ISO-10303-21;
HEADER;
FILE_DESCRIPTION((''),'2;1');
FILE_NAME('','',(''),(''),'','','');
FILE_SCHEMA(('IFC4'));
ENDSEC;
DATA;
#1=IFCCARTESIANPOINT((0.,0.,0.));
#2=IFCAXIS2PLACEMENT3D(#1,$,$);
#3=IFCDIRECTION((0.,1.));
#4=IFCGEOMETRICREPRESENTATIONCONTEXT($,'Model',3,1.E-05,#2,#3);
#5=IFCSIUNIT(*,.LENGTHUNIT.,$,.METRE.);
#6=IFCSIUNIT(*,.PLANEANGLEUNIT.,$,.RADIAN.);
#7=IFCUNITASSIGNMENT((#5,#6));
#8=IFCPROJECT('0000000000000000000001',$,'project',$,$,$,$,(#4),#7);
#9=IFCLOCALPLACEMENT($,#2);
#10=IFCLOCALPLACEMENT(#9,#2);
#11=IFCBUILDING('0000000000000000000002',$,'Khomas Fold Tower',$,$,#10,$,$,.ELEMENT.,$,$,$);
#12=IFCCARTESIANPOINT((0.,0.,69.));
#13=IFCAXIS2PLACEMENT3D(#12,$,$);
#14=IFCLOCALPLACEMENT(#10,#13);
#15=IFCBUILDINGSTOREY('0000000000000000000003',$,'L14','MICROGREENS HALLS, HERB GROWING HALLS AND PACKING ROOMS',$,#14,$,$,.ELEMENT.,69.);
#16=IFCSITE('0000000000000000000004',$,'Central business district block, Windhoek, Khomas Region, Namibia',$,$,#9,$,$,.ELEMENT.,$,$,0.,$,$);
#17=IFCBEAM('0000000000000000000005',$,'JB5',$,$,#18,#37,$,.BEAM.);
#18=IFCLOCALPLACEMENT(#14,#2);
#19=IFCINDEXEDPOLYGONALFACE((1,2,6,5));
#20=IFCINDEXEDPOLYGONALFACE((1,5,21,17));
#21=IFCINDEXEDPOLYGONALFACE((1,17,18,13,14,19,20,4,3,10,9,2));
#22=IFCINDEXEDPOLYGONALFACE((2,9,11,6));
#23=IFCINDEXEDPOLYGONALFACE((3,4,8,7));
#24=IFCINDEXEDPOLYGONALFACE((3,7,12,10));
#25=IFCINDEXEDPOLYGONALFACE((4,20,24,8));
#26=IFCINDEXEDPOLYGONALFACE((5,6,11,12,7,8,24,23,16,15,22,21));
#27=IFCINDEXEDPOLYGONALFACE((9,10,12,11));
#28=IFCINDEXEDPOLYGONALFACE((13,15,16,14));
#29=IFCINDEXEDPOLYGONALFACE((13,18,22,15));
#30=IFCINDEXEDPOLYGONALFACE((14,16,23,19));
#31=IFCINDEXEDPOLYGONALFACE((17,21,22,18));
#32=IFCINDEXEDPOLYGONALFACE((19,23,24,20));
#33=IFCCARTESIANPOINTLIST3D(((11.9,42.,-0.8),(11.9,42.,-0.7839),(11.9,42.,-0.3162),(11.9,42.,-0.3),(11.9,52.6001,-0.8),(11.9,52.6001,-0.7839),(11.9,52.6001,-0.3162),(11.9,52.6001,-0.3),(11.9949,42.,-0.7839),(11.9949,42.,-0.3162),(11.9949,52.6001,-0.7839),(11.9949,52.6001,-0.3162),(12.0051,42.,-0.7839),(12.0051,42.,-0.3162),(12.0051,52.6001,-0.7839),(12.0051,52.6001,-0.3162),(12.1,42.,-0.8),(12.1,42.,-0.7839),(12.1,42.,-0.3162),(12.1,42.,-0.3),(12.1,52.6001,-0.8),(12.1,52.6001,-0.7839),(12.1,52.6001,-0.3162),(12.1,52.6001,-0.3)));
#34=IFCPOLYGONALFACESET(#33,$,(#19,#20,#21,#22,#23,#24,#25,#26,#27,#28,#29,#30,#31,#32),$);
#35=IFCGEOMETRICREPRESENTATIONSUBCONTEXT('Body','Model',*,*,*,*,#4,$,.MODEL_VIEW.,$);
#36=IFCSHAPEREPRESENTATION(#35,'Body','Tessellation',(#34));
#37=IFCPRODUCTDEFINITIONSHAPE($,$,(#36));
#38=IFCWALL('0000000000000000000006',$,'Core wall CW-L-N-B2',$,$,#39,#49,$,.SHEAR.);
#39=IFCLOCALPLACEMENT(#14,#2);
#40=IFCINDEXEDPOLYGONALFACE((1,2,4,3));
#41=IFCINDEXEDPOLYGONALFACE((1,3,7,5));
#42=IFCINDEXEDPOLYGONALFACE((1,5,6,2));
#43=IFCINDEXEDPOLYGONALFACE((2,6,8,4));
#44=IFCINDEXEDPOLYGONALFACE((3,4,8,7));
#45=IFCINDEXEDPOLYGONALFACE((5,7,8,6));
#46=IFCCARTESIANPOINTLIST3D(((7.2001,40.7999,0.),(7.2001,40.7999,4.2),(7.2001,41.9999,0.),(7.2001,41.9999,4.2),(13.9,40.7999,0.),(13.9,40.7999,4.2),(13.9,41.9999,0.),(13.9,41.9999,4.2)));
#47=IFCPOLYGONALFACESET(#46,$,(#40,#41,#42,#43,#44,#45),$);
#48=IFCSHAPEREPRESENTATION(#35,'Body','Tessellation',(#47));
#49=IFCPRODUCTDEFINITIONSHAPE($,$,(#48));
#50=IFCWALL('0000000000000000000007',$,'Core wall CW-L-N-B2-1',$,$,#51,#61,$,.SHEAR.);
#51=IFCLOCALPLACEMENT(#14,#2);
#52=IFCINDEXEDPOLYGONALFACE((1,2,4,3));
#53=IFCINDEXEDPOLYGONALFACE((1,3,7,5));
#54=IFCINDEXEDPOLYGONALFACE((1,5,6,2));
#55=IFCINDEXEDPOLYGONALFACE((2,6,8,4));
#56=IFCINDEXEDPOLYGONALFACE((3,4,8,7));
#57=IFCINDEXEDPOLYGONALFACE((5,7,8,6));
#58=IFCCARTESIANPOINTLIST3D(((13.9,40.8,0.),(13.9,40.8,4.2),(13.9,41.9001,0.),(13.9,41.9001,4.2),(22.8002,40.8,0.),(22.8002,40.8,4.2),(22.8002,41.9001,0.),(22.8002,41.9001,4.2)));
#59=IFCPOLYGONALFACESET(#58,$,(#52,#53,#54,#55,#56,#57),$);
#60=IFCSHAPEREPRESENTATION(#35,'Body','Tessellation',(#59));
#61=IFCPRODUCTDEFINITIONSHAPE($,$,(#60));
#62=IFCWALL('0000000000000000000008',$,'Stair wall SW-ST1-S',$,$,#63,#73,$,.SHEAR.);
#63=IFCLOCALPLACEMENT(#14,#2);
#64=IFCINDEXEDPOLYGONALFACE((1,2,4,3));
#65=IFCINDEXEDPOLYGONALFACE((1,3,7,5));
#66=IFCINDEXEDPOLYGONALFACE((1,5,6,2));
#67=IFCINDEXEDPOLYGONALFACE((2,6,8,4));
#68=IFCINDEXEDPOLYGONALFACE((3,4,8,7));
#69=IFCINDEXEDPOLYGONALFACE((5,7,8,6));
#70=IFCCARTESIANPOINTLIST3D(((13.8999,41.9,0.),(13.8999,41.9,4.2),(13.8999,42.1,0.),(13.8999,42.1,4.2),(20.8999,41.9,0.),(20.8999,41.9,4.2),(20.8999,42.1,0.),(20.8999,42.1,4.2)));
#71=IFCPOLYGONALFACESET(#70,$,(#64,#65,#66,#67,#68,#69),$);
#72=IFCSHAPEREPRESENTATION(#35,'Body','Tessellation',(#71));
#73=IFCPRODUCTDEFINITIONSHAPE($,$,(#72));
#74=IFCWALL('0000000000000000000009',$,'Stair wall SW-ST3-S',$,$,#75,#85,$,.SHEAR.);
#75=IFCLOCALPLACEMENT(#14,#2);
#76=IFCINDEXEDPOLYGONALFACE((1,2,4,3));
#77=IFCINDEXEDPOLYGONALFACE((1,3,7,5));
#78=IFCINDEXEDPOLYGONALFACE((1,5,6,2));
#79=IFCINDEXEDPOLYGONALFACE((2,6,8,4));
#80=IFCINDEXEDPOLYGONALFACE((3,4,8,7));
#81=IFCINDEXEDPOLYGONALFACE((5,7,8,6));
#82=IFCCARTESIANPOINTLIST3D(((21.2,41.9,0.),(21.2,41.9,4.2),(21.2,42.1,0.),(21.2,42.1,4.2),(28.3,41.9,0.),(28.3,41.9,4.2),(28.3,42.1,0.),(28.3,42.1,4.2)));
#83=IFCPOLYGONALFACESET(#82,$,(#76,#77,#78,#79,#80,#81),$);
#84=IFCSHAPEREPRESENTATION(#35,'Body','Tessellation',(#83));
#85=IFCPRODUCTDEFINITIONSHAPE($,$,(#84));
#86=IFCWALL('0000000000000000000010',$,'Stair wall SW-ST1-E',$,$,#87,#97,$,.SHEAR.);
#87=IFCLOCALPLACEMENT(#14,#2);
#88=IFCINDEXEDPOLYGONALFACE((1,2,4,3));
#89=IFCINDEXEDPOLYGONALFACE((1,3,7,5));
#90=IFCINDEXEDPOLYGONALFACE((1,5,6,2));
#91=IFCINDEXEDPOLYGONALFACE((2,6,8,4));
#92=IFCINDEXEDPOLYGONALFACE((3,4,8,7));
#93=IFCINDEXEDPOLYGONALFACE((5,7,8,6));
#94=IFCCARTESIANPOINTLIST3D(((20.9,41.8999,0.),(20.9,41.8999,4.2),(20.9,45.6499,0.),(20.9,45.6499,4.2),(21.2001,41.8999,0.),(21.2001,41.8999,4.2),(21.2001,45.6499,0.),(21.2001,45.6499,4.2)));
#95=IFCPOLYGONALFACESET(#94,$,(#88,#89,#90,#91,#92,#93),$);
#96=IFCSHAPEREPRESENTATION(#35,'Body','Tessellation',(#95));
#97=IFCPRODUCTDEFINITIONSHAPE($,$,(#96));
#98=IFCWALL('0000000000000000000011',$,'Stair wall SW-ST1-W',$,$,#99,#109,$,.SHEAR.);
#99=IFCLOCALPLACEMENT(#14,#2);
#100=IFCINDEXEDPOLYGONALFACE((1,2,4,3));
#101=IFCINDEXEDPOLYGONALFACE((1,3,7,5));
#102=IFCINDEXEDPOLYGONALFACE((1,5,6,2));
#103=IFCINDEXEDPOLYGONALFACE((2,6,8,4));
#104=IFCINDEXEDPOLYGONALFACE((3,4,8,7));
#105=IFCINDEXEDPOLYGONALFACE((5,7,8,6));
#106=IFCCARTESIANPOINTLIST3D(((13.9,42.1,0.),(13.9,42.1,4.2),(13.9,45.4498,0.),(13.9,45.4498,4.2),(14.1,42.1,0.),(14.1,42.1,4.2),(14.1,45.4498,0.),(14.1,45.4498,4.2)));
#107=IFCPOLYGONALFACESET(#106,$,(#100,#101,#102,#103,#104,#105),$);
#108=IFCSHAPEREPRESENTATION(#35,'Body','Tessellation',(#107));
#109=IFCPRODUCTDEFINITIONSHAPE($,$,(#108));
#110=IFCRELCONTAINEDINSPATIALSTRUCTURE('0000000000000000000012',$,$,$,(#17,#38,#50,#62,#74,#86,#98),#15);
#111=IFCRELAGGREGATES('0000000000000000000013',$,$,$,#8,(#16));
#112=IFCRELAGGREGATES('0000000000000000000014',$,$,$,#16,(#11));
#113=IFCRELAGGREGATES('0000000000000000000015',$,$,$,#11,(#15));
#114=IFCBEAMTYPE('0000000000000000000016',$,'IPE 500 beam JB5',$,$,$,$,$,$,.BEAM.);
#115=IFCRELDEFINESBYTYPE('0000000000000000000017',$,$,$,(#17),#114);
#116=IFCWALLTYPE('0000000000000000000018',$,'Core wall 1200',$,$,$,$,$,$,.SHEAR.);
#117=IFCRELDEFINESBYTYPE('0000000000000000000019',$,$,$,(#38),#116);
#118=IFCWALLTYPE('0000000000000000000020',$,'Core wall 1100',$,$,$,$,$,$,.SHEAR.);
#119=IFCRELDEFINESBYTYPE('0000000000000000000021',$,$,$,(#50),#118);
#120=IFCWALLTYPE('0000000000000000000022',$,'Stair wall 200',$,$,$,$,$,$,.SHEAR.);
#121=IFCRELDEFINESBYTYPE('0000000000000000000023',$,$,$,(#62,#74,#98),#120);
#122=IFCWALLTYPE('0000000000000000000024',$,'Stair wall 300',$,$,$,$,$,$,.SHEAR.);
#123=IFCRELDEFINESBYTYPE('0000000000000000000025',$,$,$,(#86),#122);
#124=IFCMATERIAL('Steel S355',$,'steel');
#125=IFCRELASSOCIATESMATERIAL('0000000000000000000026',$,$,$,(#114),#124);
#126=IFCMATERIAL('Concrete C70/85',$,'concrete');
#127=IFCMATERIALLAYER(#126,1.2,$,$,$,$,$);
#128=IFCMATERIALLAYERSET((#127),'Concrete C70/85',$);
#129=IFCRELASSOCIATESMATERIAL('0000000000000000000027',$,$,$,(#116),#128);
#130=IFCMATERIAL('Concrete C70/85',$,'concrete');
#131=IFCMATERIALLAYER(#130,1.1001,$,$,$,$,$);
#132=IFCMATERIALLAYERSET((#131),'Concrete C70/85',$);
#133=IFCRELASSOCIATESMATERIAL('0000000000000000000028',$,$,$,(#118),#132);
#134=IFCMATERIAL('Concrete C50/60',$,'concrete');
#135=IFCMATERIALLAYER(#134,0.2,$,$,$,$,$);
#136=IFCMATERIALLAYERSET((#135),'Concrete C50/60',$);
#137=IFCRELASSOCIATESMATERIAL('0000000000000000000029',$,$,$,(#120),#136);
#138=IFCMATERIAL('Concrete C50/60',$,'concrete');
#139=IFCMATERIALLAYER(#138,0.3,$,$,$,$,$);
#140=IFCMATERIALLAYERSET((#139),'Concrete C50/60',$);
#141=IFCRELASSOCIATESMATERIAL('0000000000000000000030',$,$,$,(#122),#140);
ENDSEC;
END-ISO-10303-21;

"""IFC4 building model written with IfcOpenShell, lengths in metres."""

from ifc_helpers import new_model, si_unit, direction, frame, frame_2d, origin, origin_2d, place, context, subcontext, project, spatial, rectangle, i_section, extrude, source, transform, mapped, material, layer, layer_set, material_profile, profile_set, type_object, element, save


model = new_model("IFC4")

# Units and contexts
model_context = context("Model", 3, precision=1e-05, world=origin(), true_north=direction((0.0, 1.0)))
body_context = subcontext(model_context, "Body", "Model", "MODEL_VIEW")
ifc_project = project(units=[si_unit("LENGTHUNIT", "METRE"), si_unit("PLANEANGLEUNIT", "RADIAN")], contexts=[model_context])

# Site, building, storey
site_placement = place(None, origin())
site = spatial("IfcSite", under=ifc_project, at=site_placement, Name="Central business district block, Windhoek, Khomas Region, Namibia", CompositionType="ELEMENT", RefElevation=0.0)
building_placement = place(site_placement, origin())
building = spatial("IfcBuilding", under=site, at=building_placement, Name="Khomas Fold Tower", CompositionType="ELEMENT")
storey_placement = place(building_placement, frame((0.0, 0.0, 69.0)))
storey = spatial("IfcBuildingStorey", under=building, at=storey_placement, Name="L14", Description="MICROGREENS HALLS, HERB GROWING HALLS AND PACKING ROOMS", CompositionType="ELEMENT", Elevation=69.0)

# Beam
ifc_material_1 = material(Name="Steel S355", Category="steel")
ifc_material_profile = material_profile(ifc_material_1, i_section(OverallWidth=0.2, OverallDepth=0.5, WebThickness=0.0103, FlangeThickness=0.0161, at=origin_2d()), Name="IPE 500")
ifc_profile_set = profile_set([ifc_material_profile], Name="Steel S355")
beam_type = type_object("IfcBeamType", Name="IPE 500 beam JB5", PredefinedType="BEAM", material=ifc_profile_set)
shared_shape_1 = source(origin(), body_context, "Body", "SweptSolid", [
    extrude(i_section(OverallWidth=0.2, OverallDepth=0.5, WebThickness=0.0103, FlangeThickness=0.0161, at=origin_2d()), origin(), (0.0, 0.0, 1.0), 10.6001),
])
beam_placement = place(storey_placement, frame((12.0, 42.0, -0.55), z_axis=(0.0, 1.0, 0.0), x_axis=(-1.0, 0.0, 0.0)))
element("IfcBeam", 1, at=beam_placement, inside=storey, type_object=beam_type, Name="JB5", PredefinedType="BEAM", context=body_context, shape_type="MappedRepresentation", body=[
    mapped(shared_shape_1, transform((0.0, 0.0, 0.0))),
])

# Walls
ifc_material_2 = material(Name="Concrete C70/85", Category="concrete")
ifc_layer_1 = layer(ifc_material_2, 1.2)
ifc_layer_set_1 = layer_set([ifc_layer_1], Name="Concrete C70/85")
wall_type_1 = type_object("IfcWallType", Name="Core wall 1200", PredefinedType="SHEAR", material=ifc_layer_set_1)
shared_shape_2 = source(origin(), body_context, "Body", "SweptSolid", [
    extrude(rectangle(XDim=6.7, YDim=1.2, at=frame_2d((3.3501, 0.0))), origin(), (0.0, 0.0, 1.0), 4.2),
])
wall_1_placement = place(storey_placement, frame((7.2, 41.3999, 0.0), z_axis=(0.0, 0.0, 1.0), x_axis=(1.0, 0.0, 0.0)))
element("IfcWall", 2, at=wall_1_placement, inside=storey, type_object=wall_type_1, Name="Core wall CW-L-N-B2", PredefinedType="SHEAR", context=body_context, shape_type="MappedRepresentation", body=[
    mapped(shared_shape_2, transform((0.0, 0.0, 0.0))),
])
ifc_material_3 = material(Name="Concrete C70/85", Category="concrete")
ifc_layer_2 = layer(ifc_material_3, 1.1001)
ifc_layer_set_2 = layer_set([ifc_layer_2], Name="Concrete C70/85")
wall_type_2 = type_object("IfcWallType", Name="Core wall 1100", PredefinedType="SHEAR", material=ifc_layer_set_2)
shared_shape_3 = source(origin(), body_context, "Body", "SweptSolid", [
    extrude(rectangle(XDim=8.9001, YDim=1.1001, at=frame_2d((4.4502, 0.0))), origin(), (0.0, 0.0, 1.0), 4.2),
])
wall_2_placement = place(storey_placement, frame((13.8999, 41.3501, 0.0), z_axis=(0.0, 0.0, 1.0), x_axis=(1.0, 0.0, 0.0)))
element("IfcWall", 3, at=wall_2_placement, inside=storey, type_object=wall_type_2, Name="Core wall CW-L-N-B2-1", PredefinedType="SHEAR", context=body_context, shape_type="MappedRepresentation", body=[
    mapped(shared_shape_3, transform((0.0, 0.0, 0.0))),
])
ifc_material_4 = material(Name="Concrete C50/60", Category="concrete")
ifc_layer_3 = layer(ifc_material_4, 0.2)
ifc_layer_set_3 = layer_set([ifc_layer_3], Name="Concrete C50/60")
wall_type_3 = type_object("IfcWallType", Name="Stair wall 200", PredefinedType="SHEAR", material=ifc_layer_set_3)
shared_shape_4 = source(origin(), body_context, "Body", "SweptSolid", [
    extrude(rectangle(XDim=7.0, YDim=0.2, at=frame_2d((3.5, 0.0))), origin(), (0.0, 0.0, 1.0), 4.2),
])
wall_3_placement = place(storey_placement, frame((13.8999, 42.0, 0.0), z_axis=(0.0, 0.0, 1.0), x_axis=(1.0, 0.0, 0.0)))
element("IfcWall", 4, at=wall_3_placement, inside=storey, type_object=wall_type_3, Name="Stair wall SW-ST1-S", PredefinedType="SHEAR", context=body_context, shape_type="MappedRepresentation", body=[
    mapped(shared_shape_4, transform((0.0, 0.0, 0.0))),
])
shared_shape_5 = source(origin(), body_context, "Body", "SweptSolid", [
    extrude(rectangle(XDim=7.1001, YDim=0.2, at=frame_2d((3.55, 0.0))), origin(), (0.0, 0.0, 1.0), 4.2),
])
wall_4_placement = place(storey_placement, frame((21.2, 42.0, 0.0), z_axis=(0.0, 0.0, 1.0), x_axis=(1.0, 0.0, 0.0)))
element("IfcWall", 5, at=wall_4_placement, inside=storey, type_object=wall_type_3, Name="Stair wall SW-ST3-S", PredefinedType="SHEAR", context=body_context, shape_type="MappedRepresentation", body=[
    mapped(shared_shape_5, transform((0.0, 0.0, 0.0))),
])
ifc_material_5 = material(Name="Concrete C50/60", Category="concrete")
ifc_layer_4 = layer(ifc_material_5, 0.3)
ifc_layer_set_4 = layer_set([ifc_layer_4], Name="Concrete C50/60")
wall_type_4 = type_object("IfcWallType", Name="Stair wall 300", PredefinedType="SHEAR", material=ifc_layer_set_4)
shared_shape_6 = source(origin(), body_context, "Body", "SweptSolid", [
    extrude(rectangle(XDim=3.75, YDim=0.3, at=frame_2d((1.875, 0.0))), origin(), (0.0, 0.0, 1.0), 4.2),
])
wall_5_placement = place(storey_placement, frame((21.05, 41.8999, 0.0), z_axis=(0.0, 0.0, 1.0), x_axis=(0.0, 1.0, 0.0)))
element("IfcWall", 6, at=wall_5_placement, inside=storey, type_object=wall_type_4, Name="Stair wall SW-ST1-E", PredefinedType="SHEAR", context=body_context, shape_type="MappedRepresentation", body=[
    mapped(shared_shape_6, transform((0.0, 0.0, 0.0))),
])
shared_shape_7 = source(origin(), body_context, "Body", "SweptSolid", [
    extrude(rectangle(XDim=3.3499, YDim=0.2, at=frame_2d((1.6748, 0.0))), origin(), (0.0, 0.0, 1.0), 4.2),
])
wall_6_placement = place(storey_placement, frame((14.0, 42.1001, 0.0), z_axis=(0.0, 0.0, 1.0), x_axis=(0.0, 1.0, 0.0)))
element("IfcWall", 7, at=wall_6_placement, inside=storey, type_object=wall_type_3, Name="Stair wall SW-ST1-W", PredefinedType="SHEAR", context=body_context, shape_type="MappedRepresentation", body=[
    mapped(shared_shape_7, transform((0.0, 0.0, 0.0))),
])

save(model, "model.ifc")
